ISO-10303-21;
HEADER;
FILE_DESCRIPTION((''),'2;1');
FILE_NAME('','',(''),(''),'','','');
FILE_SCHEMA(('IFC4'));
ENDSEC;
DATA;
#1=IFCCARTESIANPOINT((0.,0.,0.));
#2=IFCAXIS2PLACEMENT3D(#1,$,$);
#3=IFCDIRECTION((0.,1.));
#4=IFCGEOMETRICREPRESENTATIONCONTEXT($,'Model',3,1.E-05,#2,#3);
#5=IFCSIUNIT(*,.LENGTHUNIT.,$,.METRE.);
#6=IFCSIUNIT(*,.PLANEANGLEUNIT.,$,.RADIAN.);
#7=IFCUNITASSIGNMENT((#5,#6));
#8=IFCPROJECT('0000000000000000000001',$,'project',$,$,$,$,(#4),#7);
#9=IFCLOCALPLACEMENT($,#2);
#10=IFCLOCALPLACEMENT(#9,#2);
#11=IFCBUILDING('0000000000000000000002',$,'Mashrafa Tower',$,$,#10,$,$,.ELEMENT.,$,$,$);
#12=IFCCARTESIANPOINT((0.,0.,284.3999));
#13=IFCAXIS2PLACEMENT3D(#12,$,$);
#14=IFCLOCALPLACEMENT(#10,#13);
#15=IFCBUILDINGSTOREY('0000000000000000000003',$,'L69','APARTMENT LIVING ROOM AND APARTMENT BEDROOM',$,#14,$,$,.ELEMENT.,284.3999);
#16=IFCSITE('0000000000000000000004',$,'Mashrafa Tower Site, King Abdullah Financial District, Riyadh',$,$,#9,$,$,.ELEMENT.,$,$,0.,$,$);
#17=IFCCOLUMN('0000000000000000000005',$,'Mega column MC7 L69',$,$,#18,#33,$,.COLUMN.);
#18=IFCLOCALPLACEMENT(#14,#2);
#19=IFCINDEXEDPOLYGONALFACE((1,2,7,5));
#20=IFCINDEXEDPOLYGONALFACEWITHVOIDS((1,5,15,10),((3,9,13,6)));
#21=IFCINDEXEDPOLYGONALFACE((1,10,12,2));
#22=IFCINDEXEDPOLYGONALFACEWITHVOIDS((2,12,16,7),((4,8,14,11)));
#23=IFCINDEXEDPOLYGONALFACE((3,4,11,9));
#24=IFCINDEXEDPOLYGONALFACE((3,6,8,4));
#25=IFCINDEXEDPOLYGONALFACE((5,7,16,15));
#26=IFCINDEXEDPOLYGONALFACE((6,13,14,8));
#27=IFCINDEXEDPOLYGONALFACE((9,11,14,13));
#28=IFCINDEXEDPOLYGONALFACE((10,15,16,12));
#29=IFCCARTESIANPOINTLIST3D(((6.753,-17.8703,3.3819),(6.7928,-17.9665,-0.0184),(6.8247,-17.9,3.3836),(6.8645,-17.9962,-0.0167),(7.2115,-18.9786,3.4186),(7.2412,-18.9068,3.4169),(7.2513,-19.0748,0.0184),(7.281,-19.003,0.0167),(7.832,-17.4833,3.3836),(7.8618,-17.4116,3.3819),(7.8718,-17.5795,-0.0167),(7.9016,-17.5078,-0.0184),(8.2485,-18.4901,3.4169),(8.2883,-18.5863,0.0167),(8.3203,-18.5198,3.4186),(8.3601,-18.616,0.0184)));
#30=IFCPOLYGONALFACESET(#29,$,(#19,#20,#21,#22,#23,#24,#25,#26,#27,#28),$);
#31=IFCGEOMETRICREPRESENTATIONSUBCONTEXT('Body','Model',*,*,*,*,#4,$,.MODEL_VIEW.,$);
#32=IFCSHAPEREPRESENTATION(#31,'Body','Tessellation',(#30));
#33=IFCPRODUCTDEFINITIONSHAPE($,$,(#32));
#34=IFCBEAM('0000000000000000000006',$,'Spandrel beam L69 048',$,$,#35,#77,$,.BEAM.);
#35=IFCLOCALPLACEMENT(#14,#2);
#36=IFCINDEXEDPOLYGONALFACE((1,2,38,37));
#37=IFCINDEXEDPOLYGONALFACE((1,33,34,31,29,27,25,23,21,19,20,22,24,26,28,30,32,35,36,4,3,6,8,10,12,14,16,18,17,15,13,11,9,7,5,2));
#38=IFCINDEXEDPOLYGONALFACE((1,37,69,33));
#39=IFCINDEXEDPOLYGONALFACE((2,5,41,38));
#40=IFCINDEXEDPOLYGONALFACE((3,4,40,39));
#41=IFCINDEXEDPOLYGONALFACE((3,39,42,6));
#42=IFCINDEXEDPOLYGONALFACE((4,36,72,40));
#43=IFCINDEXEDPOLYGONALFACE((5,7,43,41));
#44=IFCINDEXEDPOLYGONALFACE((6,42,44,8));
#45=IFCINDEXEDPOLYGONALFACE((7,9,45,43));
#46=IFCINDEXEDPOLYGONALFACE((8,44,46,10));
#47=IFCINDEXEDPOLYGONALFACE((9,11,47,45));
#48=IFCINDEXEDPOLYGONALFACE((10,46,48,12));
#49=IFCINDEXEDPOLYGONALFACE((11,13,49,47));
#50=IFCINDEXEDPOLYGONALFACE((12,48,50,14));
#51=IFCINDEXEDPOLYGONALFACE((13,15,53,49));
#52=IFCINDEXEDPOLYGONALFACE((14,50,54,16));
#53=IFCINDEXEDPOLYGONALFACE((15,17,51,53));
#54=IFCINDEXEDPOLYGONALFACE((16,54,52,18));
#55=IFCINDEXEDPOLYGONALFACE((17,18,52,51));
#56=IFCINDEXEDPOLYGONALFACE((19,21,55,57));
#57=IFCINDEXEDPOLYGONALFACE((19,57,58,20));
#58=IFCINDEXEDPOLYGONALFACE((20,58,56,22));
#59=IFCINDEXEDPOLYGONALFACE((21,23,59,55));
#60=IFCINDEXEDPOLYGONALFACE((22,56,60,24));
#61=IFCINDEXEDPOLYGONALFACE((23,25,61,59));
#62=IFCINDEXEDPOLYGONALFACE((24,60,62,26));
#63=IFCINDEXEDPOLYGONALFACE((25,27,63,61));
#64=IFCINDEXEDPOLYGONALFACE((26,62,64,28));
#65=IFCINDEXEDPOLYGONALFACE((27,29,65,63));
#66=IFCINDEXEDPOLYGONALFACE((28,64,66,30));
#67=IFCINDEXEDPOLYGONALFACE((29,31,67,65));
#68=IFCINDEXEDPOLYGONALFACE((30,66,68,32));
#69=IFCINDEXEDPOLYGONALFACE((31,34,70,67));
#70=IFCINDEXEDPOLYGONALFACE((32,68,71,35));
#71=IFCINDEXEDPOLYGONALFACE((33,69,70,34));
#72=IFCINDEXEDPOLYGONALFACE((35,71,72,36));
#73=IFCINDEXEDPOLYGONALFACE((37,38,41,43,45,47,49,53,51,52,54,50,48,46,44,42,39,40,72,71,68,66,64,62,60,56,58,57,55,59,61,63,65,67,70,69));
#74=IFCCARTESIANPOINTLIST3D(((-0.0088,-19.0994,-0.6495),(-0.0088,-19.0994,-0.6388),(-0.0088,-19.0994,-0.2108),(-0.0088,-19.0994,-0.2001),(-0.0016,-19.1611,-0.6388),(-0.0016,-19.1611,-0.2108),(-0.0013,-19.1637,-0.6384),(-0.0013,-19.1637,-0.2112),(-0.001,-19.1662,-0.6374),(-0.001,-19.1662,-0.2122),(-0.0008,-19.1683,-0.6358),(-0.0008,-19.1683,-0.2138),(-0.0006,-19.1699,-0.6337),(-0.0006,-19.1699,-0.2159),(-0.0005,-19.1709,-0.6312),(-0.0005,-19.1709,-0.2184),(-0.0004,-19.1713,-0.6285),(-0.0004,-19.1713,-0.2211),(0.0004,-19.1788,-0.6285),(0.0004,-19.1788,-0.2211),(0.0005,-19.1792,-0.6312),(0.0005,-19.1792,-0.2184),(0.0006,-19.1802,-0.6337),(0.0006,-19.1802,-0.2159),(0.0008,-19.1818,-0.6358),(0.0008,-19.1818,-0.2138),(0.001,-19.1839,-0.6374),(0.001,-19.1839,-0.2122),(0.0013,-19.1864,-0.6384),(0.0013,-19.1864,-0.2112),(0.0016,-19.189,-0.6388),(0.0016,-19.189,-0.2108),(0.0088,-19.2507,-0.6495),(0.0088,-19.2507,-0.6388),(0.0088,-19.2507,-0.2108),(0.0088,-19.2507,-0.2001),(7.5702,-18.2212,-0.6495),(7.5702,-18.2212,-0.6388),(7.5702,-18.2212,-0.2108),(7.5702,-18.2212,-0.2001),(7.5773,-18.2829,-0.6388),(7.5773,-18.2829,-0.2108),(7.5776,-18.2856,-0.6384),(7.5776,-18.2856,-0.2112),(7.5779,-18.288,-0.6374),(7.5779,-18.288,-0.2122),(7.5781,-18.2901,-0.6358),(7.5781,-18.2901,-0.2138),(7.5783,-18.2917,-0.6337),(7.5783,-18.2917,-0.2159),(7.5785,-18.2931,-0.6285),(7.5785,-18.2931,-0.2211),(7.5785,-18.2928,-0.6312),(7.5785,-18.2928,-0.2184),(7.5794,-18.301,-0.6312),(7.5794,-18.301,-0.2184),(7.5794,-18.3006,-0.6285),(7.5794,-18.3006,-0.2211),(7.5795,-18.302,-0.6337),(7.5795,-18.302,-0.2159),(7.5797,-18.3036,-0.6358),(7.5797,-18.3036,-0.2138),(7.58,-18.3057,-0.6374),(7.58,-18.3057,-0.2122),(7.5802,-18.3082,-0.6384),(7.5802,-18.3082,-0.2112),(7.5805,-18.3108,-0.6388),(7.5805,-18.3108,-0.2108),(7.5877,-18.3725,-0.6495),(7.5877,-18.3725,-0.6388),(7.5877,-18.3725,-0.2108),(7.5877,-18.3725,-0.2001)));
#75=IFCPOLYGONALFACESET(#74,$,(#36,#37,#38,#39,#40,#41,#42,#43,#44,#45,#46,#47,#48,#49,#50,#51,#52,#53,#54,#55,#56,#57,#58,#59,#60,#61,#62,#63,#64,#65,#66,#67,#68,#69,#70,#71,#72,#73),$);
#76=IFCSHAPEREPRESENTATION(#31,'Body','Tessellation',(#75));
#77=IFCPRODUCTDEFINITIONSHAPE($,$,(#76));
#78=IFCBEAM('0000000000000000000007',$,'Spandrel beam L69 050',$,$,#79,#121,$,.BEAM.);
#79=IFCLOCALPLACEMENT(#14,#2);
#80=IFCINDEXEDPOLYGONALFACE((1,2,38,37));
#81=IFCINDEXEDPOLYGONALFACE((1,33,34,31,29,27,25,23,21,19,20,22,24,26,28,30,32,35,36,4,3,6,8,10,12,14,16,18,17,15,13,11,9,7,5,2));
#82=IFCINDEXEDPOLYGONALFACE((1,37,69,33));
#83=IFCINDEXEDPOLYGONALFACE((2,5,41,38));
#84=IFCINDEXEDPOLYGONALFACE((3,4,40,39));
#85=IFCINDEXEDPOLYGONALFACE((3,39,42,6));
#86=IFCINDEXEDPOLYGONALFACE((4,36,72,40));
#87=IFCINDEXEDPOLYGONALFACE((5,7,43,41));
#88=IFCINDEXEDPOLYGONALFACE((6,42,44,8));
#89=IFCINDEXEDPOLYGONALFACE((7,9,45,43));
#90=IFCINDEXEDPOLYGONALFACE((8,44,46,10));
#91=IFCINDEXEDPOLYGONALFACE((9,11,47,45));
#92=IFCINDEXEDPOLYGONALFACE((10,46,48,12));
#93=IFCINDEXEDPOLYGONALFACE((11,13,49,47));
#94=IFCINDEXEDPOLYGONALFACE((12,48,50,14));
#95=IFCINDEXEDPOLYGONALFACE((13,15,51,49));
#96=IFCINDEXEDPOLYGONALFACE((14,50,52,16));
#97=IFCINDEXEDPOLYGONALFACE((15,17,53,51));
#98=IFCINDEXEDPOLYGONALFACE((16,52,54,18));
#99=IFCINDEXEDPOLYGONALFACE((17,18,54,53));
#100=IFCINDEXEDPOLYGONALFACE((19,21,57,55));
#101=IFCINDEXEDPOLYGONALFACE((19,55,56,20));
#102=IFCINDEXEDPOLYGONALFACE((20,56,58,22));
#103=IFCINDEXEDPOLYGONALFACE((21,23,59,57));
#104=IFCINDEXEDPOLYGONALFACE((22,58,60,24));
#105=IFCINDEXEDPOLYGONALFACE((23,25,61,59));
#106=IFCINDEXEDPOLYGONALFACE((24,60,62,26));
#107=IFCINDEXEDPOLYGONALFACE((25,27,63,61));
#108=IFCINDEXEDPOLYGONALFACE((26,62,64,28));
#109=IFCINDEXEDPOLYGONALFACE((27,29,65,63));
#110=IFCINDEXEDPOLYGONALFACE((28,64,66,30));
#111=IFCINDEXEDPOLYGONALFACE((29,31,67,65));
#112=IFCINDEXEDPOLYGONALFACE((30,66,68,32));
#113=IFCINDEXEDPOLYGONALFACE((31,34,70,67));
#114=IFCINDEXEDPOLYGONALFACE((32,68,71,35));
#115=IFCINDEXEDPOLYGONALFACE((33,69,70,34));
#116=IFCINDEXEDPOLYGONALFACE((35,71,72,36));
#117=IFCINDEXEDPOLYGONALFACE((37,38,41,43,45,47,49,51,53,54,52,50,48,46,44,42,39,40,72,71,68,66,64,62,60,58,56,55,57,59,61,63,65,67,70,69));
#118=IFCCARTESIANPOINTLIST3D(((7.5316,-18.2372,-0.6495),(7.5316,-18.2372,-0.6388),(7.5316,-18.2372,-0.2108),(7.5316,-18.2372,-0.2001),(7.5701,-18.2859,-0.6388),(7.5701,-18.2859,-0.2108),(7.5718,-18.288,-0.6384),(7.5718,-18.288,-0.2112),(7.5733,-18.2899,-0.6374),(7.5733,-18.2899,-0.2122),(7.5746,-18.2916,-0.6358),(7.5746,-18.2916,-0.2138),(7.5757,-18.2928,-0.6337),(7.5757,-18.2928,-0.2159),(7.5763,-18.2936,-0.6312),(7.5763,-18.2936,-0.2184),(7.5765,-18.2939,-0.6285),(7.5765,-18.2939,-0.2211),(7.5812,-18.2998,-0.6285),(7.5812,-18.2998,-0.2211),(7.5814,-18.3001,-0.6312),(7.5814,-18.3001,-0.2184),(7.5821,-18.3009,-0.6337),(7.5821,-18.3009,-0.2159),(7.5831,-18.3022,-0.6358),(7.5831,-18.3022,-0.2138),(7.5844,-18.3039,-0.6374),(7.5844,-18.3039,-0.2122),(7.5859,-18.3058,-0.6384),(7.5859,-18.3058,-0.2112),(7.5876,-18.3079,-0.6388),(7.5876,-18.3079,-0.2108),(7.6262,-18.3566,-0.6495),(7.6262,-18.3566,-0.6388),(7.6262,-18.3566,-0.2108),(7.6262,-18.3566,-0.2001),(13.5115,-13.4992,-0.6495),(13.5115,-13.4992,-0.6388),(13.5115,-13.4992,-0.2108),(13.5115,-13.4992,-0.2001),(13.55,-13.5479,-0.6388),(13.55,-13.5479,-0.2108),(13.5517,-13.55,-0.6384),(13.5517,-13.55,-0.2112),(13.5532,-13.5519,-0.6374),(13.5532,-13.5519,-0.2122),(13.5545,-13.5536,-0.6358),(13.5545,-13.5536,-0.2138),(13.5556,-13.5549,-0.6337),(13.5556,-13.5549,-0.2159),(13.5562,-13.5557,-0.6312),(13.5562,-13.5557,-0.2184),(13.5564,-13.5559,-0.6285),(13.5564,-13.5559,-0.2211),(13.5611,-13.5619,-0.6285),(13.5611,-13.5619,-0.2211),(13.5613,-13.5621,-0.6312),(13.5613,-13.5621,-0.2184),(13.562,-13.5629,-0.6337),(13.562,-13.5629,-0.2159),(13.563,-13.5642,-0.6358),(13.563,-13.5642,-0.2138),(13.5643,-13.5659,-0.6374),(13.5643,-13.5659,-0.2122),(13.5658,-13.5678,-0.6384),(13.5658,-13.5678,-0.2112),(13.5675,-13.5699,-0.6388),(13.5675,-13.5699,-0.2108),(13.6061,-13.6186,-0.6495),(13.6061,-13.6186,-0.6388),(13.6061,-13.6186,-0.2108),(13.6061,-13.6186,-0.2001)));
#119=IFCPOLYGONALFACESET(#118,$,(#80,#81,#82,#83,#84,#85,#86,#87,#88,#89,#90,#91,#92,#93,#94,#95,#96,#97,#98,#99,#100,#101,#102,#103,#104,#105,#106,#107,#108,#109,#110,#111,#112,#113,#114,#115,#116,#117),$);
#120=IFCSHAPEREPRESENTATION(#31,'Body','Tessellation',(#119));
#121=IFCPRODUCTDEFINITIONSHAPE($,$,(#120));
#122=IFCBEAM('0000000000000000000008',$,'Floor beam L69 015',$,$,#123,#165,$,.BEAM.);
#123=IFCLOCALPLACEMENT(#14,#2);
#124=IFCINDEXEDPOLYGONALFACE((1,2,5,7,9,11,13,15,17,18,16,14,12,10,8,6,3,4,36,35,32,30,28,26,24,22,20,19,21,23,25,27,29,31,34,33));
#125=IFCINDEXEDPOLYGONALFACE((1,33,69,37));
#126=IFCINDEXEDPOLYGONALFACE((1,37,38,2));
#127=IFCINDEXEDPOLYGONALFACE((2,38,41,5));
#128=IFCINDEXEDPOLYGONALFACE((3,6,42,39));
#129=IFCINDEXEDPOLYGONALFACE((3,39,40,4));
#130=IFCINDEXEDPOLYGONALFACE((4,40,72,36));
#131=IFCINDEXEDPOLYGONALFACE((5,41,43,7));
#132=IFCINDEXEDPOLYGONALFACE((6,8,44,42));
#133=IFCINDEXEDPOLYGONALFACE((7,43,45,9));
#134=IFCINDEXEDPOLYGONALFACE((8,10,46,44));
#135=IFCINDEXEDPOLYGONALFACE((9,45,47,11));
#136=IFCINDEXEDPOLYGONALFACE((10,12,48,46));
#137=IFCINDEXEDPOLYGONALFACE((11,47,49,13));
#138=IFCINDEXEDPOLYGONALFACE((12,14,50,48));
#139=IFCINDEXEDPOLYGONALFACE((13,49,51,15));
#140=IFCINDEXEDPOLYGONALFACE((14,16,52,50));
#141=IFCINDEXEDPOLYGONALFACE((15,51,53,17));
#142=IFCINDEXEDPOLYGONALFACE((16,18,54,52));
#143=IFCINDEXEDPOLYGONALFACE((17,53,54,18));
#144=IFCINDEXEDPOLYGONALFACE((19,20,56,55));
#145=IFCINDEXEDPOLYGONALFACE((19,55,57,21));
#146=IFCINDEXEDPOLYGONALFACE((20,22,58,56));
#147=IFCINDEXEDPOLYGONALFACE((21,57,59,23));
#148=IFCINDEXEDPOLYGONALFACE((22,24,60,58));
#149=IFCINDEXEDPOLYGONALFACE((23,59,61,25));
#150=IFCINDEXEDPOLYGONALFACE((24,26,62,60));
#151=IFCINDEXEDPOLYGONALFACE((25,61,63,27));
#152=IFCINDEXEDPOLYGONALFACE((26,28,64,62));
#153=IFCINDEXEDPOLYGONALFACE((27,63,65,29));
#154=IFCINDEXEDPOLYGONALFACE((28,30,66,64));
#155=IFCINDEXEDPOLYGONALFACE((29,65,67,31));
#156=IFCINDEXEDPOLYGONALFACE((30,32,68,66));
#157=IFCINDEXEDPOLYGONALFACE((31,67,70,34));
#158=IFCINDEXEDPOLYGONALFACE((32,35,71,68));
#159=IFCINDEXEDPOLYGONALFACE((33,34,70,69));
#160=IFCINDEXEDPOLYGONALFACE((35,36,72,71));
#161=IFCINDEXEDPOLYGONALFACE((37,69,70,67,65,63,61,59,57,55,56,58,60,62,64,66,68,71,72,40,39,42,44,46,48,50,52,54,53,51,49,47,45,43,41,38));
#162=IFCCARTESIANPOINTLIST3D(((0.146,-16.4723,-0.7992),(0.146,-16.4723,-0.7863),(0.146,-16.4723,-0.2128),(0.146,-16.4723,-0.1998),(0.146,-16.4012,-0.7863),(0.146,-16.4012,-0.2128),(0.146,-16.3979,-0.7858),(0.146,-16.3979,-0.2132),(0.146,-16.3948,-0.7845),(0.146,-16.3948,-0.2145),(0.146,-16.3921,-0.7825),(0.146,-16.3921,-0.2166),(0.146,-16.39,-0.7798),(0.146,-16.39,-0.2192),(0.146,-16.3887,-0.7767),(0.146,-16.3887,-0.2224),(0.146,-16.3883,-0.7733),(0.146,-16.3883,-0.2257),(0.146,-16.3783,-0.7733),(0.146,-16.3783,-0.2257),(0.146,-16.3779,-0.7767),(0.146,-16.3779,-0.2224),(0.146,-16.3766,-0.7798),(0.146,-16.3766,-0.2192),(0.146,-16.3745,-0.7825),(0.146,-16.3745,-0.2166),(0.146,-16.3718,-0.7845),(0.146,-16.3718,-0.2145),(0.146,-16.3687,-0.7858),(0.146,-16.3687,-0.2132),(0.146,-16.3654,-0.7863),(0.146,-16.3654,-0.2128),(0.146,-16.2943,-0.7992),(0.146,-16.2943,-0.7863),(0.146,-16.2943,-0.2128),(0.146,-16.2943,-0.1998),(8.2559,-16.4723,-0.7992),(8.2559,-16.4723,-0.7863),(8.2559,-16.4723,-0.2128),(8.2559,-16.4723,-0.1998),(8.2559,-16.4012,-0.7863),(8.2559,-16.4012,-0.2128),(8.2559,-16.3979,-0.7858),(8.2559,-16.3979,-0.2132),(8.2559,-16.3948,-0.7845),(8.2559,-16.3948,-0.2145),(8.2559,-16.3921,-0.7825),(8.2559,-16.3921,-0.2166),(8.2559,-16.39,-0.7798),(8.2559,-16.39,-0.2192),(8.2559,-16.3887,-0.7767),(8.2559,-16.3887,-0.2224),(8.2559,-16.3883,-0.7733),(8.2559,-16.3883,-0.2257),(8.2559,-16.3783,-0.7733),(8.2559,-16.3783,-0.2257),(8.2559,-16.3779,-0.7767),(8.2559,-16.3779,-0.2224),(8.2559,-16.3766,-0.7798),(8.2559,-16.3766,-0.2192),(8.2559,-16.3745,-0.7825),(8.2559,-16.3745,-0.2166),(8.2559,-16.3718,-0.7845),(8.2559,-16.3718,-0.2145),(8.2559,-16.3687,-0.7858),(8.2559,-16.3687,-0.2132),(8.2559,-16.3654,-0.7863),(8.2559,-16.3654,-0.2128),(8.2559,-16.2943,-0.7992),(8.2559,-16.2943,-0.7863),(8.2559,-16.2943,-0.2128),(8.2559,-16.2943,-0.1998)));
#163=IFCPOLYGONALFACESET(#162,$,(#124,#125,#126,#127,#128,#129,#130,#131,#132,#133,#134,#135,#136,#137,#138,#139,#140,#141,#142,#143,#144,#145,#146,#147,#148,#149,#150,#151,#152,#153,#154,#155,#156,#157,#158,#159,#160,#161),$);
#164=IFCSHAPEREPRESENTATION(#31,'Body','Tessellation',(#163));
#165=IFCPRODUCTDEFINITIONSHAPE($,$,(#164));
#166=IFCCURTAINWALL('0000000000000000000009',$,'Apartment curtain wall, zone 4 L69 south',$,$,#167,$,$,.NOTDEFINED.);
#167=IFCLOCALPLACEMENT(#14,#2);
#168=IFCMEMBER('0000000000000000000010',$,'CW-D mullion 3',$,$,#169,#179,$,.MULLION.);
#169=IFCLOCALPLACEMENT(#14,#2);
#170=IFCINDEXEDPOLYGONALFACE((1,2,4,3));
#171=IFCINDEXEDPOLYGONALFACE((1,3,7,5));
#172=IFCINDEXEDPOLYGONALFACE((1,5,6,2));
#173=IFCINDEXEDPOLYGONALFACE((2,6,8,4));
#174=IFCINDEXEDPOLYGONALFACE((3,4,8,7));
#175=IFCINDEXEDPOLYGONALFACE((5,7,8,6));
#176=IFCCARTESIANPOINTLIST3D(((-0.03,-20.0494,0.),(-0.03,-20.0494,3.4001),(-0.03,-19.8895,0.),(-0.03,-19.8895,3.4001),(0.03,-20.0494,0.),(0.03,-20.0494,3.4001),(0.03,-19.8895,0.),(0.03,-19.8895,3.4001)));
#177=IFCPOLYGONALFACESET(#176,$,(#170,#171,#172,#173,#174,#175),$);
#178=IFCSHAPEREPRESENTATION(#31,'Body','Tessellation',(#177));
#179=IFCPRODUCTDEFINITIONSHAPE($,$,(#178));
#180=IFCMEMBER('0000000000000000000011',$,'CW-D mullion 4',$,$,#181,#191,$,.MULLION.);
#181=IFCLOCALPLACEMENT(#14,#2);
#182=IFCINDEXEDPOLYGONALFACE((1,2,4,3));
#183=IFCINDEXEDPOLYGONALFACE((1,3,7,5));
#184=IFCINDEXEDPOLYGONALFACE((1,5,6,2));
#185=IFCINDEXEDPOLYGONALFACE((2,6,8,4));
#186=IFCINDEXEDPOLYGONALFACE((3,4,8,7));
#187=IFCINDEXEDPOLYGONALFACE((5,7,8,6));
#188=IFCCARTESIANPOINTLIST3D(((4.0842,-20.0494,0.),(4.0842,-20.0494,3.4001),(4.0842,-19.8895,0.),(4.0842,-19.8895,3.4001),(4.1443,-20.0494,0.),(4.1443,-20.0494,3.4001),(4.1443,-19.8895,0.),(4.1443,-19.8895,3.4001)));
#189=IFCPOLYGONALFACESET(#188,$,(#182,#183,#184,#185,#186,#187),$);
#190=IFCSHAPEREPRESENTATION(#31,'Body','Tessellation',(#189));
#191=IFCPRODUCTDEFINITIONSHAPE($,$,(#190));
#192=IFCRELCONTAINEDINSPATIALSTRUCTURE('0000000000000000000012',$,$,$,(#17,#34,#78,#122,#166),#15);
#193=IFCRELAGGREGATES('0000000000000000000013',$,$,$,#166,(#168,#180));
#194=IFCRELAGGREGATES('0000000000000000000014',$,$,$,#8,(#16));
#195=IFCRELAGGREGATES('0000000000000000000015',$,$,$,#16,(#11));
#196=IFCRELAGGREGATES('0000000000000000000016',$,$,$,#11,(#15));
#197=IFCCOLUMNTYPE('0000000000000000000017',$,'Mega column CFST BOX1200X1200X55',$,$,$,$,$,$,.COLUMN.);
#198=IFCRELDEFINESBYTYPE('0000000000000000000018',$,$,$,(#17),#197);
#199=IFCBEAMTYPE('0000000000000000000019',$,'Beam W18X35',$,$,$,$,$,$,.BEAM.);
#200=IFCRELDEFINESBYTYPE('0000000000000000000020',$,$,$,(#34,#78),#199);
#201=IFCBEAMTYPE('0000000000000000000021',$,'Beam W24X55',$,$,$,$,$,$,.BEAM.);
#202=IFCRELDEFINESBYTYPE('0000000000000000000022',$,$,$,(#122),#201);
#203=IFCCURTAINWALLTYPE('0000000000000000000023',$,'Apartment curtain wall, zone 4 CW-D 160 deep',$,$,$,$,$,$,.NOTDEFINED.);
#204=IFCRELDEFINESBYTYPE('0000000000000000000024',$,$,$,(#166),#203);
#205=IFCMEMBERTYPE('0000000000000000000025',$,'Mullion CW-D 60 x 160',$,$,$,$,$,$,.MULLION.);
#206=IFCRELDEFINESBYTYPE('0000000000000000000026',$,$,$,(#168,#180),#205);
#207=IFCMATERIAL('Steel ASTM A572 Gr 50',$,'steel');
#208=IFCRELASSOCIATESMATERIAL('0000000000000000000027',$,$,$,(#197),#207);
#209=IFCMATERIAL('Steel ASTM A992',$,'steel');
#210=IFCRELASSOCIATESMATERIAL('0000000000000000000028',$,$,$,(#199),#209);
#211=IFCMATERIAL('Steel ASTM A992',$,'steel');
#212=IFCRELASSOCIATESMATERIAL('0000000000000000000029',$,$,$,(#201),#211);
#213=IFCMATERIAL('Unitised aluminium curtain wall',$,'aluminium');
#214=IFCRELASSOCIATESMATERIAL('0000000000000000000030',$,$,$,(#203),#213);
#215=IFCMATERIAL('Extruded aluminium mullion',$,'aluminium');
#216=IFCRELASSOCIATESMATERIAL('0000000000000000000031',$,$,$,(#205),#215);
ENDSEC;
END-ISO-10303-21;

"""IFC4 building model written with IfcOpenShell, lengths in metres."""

from ifc_helpers import new_model, si_unit, direction, frame, origin, origin_2d, place, context, subcontext, project, spatial, rectangle, hollow_rectangle, i_section, extrude, source, transform, mapped, material, material_profile, profile_set, type_object, type_shapes, element, aggregate, save


model = new_model("IFC4")

# Units and contexts
model_context = context("Model", 3, precision=1e-05, world=origin(), true_north=direction((0.0, 1.0)))
body_context = subcontext(model_context, "Body", "Model", "MODEL_VIEW")
ifc_project = project(units=[si_unit("LENGTHUNIT", "METRE"), si_unit("PLANEANGLEUNIT", "RADIAN")], contexts=[model_context])

# Site, building, storey
site_placement = place(None, origin())
site = spatial("IfcSite", under=ifc_project, at=site_placement, Name="Mashrafa Tower Site, King Abdullah Financial District, Riyadh", CompositionType="ELEMENT", RefElevation=0.0)
building_placement = place(site_placement, origin())
building = spatial("IfcBuilding", under=site, at=building_placement, Name="Mashrafa Tower", CompositionType="ELEMENT")
storey_placement = place(building_placement, frame((0.0, 0.0, 284.3999)))
storey = spatial("IfcBuildingStorey", under=building, at=storey_placement, Name="L69", Description="APARTMENT LIVING ROOM AND APARTMENT BEDROOM", CompositionType="ELEMENT", Elevation=284.3999)

# Column
ifc_material_1 = material(Name="Steel ASTM A572 Gr 50", Category="steel")
ifc_material_profile_1 = material_profile(ifc_material_1, hollow_rectangle(XDim=1.2, YDim=1.2, WallThickness=0.0549, at=origin_2d()), Name="BOX1200X1200X55")
ifc_profile_set_1 = profile_set([ifc_material_profile_1], Name="Steel ASTM A572 Gr 50")
column_type = type_object("IfcColumnType", Name="Mega column CFST BOX1200X1200X55", PredefinedType="COLUMN", material=ifc_profile_set_1)
column_placement = place(storey_placement, frame((7.5764, -18.2913, 0.0), z_axis=(-0.011698, 0.028277, 0.999532), x_axis=(-0.924045, -0.382283, 0.0)))
element("IfcColumn", 1, at=column_placement, inside=storey, type_object=column_type, Name="Mega column MC7 L69", PredefinedType="COLUMN", context=body_context, shape_type="SweptSolid", body=[
    extrude(hollow_rectangle(XDim=1.2, YDim=1.2, WallThickness=0.0549, at=origin_2d()), origin(), (0.0, 0.0, 1.0), 3.4019),
])

# Beams
ifc_material_2 = material(Name="Steel ASTM A992", Category="steel")
ifc_material_profile_2 = material_profile(ifc_material_2, i_section(OverallWidth=0.1523, OverallDepth=0.4495, WebThickness=0.0076, FlangeThickness=0.0107, FilletRadius=0.0103, at=origin_2d()), Name="W18X35")
ifc_profile_set_2 = profile_set([ifc_material_profile_2], Name="Steel ASTM A992")
beam_type_1 = type_object("IfcBeamType", Name="Beam W18X35", PredefinedType="BEAM", material=ifc_profile_set_2)
beam_1_placement = place(storey_placement, frame((0.0, -19.175, -0.4248), z_axis=(0.993354, 0.115101, 0.0), x_axis=(-0.115101, 0.993354, 0.0)))
element("IfcBeam", 2, at=beam_1_placement, inside=storey, type_object=beam_type_1, Name="Spandrel beam L69 048", PredefinedType="BEAM", context=body_context, shape_type="SweptSolid", body=[
    extrude(i_section(OverallWidth=0.1523, OverallDepth=0.4495, WebThickness=0.0076, FlangeThickness=0.0107, FilletRadius=0.0103, at=origin_2d()), origin(), (0.0, 0.0, 1.0), 7.6296),
])
beam_2_placement = place(storey_placement, frame((7.5789, -18.2969, -0.4248), z_axis=(0.783798, 0.621016, 0.0), x_axis=(-0.621016, 0.783798, 0.0)))
element("IfcBeam", 3, at=beam_2_placement, inside=storey, type_object=beam_type_1, Name="Spandrel beam L69 050", PredefinedType="BEAM", context=body_context, shape_type="SweptSolid", body=[
    extrude(i_section(OverallWidth=0.1523, OverallDepth=0.4495, WebThickness=0.0076, FlangeThickness=0.0107, FilletRadius=0.0103, at=origin_2d()), origin(), (0.0, 0.0, 1.0), 7.6294),
])
ifc_material_3 = material(Name="Steel ASTM A992", Category="steel")
ifc_material_profile_3 = material_profile(ifc_material_3, i_section(OverallWidth=0.178, OverallDepth=0.5994, WebThickness=0.01, FlangeThickness=0.0129, FilletRadius=0.0129, at=origin_2d()), Name="W24X55")
ifc_profile_set_3 = profile_set([ifc_material_profile_3], Name="Steel ASTM A992")
beam_type_2 = type_object("IfcBeamType", Name="Beam W24X55", PredefinedType="BEAM", material=ifc_profile_set_3)
beam_3_placement = place(storey_placement, frame((8.2559, -16.3833, -0.4995), z_axis=(-1.0, 0.0, 0.0), x_axis=(0.0, -1.0, 0.0)))
element("IfcBeam", 4, at=beam_3_placement, inside=storey, type_object=beam_type_2, Name="Floor beam L69 015", PredefinedType="BEAM", context=body_context, shape_type="SweptSolid", body=[
    extrude(i_section(OverallWidth=0.178, OverallDepth=0.5994, WebThickness=0.01, FlangeThickness=0.0129, FilletRadius=0.0129, at=origin_2d()), origin(), (0.0, 0.0, 1.0), 8.1099),
])

# Curtain wall, members
ifc_material_4 = material(Name="Unitised aluminium curtain wall", Category="aluminium")
curtain_wall_type = type_object("IfcCurtainWallType", Name="Apartment curtain wall, zone 4 CW-D 160 deep", PredefinedType="NOTDEFINED", material=ifc_material_4)
curtain_wall_1_placement = place(storey_placement, origin())
curtain_wall_1 = element("IfcCurtainWall", 5, at=curtain_wall_1_placement, inside=storey, type_object=curtain_wall_type, Name="Apartment curtain wall, zone 4 L69 south", PredefinedType="NOTDEFINED")
ifc_material_5 = material(Name="Extruded aluminium mullion", Category="aluminium")
ifc_material_profile_4 = material_profile(ifc_material_5, rectangle(XDim=0.1599, YDim=0.0601, at=origin_2d()), Name="Mullion 60x160")
ifc_profile_set_4 = profile_set([ifc_material_profile_4], Name="Extruded aluminium mullion")
member_type_1 = type_object("IfcMemberType", Name="Mullion CW-D 60 x 160", PredefinedType="MULLION", material=ifc_profile_set_4)
shared_shape_1 = source(origin(), body_context, "Body", "SweptSolid", [
    extrude(rectangle(XDim=0.1599, YDim=0.0601, at=origin_2d()), origin(), (0.0, 0.0, 1.0), 3.4001),
])
type_shapes(member_type_1, [shared_shape_1])
member_1_placement = place(storey_placement, frame((0.0, -19.9695, 0.0), z_axis=(0.0, 0.0, 1.0), x_axis=(0.0, 1.0, 0.0)))
member_1 = element("IfcMember", 6, at=member_1_placement, type_object=member_type_1, Name="CW-D mullion 3", PredefinedType="MULLION", context=body_context, shape_type="MappedRepresentation", body=[
    mapped(shared_shape_1, transform((0.0, 0.0, 0.0))),
])
member_2_placement = place(storey_placement, frame((4.1143, -19.9695, 0.0), z_axis=(0.0, 0.0, 1.0), x_axis=(0.0, 1.0, 0.0)))
member_2 = element("IfcMember", 7, at=member_2_placement, type_object=member_type_1, Name="CW-D mullion 4", PredefinedType="MULLION", context=body_context, shape_type="MappedRepresentation", body=[
    mapped(shared_shape_1, transform((0.0, 0.0, 0.0))),
])

aggregate(curtain_wall_1, [member_1, member_2])

save(model, "model.ifc")
